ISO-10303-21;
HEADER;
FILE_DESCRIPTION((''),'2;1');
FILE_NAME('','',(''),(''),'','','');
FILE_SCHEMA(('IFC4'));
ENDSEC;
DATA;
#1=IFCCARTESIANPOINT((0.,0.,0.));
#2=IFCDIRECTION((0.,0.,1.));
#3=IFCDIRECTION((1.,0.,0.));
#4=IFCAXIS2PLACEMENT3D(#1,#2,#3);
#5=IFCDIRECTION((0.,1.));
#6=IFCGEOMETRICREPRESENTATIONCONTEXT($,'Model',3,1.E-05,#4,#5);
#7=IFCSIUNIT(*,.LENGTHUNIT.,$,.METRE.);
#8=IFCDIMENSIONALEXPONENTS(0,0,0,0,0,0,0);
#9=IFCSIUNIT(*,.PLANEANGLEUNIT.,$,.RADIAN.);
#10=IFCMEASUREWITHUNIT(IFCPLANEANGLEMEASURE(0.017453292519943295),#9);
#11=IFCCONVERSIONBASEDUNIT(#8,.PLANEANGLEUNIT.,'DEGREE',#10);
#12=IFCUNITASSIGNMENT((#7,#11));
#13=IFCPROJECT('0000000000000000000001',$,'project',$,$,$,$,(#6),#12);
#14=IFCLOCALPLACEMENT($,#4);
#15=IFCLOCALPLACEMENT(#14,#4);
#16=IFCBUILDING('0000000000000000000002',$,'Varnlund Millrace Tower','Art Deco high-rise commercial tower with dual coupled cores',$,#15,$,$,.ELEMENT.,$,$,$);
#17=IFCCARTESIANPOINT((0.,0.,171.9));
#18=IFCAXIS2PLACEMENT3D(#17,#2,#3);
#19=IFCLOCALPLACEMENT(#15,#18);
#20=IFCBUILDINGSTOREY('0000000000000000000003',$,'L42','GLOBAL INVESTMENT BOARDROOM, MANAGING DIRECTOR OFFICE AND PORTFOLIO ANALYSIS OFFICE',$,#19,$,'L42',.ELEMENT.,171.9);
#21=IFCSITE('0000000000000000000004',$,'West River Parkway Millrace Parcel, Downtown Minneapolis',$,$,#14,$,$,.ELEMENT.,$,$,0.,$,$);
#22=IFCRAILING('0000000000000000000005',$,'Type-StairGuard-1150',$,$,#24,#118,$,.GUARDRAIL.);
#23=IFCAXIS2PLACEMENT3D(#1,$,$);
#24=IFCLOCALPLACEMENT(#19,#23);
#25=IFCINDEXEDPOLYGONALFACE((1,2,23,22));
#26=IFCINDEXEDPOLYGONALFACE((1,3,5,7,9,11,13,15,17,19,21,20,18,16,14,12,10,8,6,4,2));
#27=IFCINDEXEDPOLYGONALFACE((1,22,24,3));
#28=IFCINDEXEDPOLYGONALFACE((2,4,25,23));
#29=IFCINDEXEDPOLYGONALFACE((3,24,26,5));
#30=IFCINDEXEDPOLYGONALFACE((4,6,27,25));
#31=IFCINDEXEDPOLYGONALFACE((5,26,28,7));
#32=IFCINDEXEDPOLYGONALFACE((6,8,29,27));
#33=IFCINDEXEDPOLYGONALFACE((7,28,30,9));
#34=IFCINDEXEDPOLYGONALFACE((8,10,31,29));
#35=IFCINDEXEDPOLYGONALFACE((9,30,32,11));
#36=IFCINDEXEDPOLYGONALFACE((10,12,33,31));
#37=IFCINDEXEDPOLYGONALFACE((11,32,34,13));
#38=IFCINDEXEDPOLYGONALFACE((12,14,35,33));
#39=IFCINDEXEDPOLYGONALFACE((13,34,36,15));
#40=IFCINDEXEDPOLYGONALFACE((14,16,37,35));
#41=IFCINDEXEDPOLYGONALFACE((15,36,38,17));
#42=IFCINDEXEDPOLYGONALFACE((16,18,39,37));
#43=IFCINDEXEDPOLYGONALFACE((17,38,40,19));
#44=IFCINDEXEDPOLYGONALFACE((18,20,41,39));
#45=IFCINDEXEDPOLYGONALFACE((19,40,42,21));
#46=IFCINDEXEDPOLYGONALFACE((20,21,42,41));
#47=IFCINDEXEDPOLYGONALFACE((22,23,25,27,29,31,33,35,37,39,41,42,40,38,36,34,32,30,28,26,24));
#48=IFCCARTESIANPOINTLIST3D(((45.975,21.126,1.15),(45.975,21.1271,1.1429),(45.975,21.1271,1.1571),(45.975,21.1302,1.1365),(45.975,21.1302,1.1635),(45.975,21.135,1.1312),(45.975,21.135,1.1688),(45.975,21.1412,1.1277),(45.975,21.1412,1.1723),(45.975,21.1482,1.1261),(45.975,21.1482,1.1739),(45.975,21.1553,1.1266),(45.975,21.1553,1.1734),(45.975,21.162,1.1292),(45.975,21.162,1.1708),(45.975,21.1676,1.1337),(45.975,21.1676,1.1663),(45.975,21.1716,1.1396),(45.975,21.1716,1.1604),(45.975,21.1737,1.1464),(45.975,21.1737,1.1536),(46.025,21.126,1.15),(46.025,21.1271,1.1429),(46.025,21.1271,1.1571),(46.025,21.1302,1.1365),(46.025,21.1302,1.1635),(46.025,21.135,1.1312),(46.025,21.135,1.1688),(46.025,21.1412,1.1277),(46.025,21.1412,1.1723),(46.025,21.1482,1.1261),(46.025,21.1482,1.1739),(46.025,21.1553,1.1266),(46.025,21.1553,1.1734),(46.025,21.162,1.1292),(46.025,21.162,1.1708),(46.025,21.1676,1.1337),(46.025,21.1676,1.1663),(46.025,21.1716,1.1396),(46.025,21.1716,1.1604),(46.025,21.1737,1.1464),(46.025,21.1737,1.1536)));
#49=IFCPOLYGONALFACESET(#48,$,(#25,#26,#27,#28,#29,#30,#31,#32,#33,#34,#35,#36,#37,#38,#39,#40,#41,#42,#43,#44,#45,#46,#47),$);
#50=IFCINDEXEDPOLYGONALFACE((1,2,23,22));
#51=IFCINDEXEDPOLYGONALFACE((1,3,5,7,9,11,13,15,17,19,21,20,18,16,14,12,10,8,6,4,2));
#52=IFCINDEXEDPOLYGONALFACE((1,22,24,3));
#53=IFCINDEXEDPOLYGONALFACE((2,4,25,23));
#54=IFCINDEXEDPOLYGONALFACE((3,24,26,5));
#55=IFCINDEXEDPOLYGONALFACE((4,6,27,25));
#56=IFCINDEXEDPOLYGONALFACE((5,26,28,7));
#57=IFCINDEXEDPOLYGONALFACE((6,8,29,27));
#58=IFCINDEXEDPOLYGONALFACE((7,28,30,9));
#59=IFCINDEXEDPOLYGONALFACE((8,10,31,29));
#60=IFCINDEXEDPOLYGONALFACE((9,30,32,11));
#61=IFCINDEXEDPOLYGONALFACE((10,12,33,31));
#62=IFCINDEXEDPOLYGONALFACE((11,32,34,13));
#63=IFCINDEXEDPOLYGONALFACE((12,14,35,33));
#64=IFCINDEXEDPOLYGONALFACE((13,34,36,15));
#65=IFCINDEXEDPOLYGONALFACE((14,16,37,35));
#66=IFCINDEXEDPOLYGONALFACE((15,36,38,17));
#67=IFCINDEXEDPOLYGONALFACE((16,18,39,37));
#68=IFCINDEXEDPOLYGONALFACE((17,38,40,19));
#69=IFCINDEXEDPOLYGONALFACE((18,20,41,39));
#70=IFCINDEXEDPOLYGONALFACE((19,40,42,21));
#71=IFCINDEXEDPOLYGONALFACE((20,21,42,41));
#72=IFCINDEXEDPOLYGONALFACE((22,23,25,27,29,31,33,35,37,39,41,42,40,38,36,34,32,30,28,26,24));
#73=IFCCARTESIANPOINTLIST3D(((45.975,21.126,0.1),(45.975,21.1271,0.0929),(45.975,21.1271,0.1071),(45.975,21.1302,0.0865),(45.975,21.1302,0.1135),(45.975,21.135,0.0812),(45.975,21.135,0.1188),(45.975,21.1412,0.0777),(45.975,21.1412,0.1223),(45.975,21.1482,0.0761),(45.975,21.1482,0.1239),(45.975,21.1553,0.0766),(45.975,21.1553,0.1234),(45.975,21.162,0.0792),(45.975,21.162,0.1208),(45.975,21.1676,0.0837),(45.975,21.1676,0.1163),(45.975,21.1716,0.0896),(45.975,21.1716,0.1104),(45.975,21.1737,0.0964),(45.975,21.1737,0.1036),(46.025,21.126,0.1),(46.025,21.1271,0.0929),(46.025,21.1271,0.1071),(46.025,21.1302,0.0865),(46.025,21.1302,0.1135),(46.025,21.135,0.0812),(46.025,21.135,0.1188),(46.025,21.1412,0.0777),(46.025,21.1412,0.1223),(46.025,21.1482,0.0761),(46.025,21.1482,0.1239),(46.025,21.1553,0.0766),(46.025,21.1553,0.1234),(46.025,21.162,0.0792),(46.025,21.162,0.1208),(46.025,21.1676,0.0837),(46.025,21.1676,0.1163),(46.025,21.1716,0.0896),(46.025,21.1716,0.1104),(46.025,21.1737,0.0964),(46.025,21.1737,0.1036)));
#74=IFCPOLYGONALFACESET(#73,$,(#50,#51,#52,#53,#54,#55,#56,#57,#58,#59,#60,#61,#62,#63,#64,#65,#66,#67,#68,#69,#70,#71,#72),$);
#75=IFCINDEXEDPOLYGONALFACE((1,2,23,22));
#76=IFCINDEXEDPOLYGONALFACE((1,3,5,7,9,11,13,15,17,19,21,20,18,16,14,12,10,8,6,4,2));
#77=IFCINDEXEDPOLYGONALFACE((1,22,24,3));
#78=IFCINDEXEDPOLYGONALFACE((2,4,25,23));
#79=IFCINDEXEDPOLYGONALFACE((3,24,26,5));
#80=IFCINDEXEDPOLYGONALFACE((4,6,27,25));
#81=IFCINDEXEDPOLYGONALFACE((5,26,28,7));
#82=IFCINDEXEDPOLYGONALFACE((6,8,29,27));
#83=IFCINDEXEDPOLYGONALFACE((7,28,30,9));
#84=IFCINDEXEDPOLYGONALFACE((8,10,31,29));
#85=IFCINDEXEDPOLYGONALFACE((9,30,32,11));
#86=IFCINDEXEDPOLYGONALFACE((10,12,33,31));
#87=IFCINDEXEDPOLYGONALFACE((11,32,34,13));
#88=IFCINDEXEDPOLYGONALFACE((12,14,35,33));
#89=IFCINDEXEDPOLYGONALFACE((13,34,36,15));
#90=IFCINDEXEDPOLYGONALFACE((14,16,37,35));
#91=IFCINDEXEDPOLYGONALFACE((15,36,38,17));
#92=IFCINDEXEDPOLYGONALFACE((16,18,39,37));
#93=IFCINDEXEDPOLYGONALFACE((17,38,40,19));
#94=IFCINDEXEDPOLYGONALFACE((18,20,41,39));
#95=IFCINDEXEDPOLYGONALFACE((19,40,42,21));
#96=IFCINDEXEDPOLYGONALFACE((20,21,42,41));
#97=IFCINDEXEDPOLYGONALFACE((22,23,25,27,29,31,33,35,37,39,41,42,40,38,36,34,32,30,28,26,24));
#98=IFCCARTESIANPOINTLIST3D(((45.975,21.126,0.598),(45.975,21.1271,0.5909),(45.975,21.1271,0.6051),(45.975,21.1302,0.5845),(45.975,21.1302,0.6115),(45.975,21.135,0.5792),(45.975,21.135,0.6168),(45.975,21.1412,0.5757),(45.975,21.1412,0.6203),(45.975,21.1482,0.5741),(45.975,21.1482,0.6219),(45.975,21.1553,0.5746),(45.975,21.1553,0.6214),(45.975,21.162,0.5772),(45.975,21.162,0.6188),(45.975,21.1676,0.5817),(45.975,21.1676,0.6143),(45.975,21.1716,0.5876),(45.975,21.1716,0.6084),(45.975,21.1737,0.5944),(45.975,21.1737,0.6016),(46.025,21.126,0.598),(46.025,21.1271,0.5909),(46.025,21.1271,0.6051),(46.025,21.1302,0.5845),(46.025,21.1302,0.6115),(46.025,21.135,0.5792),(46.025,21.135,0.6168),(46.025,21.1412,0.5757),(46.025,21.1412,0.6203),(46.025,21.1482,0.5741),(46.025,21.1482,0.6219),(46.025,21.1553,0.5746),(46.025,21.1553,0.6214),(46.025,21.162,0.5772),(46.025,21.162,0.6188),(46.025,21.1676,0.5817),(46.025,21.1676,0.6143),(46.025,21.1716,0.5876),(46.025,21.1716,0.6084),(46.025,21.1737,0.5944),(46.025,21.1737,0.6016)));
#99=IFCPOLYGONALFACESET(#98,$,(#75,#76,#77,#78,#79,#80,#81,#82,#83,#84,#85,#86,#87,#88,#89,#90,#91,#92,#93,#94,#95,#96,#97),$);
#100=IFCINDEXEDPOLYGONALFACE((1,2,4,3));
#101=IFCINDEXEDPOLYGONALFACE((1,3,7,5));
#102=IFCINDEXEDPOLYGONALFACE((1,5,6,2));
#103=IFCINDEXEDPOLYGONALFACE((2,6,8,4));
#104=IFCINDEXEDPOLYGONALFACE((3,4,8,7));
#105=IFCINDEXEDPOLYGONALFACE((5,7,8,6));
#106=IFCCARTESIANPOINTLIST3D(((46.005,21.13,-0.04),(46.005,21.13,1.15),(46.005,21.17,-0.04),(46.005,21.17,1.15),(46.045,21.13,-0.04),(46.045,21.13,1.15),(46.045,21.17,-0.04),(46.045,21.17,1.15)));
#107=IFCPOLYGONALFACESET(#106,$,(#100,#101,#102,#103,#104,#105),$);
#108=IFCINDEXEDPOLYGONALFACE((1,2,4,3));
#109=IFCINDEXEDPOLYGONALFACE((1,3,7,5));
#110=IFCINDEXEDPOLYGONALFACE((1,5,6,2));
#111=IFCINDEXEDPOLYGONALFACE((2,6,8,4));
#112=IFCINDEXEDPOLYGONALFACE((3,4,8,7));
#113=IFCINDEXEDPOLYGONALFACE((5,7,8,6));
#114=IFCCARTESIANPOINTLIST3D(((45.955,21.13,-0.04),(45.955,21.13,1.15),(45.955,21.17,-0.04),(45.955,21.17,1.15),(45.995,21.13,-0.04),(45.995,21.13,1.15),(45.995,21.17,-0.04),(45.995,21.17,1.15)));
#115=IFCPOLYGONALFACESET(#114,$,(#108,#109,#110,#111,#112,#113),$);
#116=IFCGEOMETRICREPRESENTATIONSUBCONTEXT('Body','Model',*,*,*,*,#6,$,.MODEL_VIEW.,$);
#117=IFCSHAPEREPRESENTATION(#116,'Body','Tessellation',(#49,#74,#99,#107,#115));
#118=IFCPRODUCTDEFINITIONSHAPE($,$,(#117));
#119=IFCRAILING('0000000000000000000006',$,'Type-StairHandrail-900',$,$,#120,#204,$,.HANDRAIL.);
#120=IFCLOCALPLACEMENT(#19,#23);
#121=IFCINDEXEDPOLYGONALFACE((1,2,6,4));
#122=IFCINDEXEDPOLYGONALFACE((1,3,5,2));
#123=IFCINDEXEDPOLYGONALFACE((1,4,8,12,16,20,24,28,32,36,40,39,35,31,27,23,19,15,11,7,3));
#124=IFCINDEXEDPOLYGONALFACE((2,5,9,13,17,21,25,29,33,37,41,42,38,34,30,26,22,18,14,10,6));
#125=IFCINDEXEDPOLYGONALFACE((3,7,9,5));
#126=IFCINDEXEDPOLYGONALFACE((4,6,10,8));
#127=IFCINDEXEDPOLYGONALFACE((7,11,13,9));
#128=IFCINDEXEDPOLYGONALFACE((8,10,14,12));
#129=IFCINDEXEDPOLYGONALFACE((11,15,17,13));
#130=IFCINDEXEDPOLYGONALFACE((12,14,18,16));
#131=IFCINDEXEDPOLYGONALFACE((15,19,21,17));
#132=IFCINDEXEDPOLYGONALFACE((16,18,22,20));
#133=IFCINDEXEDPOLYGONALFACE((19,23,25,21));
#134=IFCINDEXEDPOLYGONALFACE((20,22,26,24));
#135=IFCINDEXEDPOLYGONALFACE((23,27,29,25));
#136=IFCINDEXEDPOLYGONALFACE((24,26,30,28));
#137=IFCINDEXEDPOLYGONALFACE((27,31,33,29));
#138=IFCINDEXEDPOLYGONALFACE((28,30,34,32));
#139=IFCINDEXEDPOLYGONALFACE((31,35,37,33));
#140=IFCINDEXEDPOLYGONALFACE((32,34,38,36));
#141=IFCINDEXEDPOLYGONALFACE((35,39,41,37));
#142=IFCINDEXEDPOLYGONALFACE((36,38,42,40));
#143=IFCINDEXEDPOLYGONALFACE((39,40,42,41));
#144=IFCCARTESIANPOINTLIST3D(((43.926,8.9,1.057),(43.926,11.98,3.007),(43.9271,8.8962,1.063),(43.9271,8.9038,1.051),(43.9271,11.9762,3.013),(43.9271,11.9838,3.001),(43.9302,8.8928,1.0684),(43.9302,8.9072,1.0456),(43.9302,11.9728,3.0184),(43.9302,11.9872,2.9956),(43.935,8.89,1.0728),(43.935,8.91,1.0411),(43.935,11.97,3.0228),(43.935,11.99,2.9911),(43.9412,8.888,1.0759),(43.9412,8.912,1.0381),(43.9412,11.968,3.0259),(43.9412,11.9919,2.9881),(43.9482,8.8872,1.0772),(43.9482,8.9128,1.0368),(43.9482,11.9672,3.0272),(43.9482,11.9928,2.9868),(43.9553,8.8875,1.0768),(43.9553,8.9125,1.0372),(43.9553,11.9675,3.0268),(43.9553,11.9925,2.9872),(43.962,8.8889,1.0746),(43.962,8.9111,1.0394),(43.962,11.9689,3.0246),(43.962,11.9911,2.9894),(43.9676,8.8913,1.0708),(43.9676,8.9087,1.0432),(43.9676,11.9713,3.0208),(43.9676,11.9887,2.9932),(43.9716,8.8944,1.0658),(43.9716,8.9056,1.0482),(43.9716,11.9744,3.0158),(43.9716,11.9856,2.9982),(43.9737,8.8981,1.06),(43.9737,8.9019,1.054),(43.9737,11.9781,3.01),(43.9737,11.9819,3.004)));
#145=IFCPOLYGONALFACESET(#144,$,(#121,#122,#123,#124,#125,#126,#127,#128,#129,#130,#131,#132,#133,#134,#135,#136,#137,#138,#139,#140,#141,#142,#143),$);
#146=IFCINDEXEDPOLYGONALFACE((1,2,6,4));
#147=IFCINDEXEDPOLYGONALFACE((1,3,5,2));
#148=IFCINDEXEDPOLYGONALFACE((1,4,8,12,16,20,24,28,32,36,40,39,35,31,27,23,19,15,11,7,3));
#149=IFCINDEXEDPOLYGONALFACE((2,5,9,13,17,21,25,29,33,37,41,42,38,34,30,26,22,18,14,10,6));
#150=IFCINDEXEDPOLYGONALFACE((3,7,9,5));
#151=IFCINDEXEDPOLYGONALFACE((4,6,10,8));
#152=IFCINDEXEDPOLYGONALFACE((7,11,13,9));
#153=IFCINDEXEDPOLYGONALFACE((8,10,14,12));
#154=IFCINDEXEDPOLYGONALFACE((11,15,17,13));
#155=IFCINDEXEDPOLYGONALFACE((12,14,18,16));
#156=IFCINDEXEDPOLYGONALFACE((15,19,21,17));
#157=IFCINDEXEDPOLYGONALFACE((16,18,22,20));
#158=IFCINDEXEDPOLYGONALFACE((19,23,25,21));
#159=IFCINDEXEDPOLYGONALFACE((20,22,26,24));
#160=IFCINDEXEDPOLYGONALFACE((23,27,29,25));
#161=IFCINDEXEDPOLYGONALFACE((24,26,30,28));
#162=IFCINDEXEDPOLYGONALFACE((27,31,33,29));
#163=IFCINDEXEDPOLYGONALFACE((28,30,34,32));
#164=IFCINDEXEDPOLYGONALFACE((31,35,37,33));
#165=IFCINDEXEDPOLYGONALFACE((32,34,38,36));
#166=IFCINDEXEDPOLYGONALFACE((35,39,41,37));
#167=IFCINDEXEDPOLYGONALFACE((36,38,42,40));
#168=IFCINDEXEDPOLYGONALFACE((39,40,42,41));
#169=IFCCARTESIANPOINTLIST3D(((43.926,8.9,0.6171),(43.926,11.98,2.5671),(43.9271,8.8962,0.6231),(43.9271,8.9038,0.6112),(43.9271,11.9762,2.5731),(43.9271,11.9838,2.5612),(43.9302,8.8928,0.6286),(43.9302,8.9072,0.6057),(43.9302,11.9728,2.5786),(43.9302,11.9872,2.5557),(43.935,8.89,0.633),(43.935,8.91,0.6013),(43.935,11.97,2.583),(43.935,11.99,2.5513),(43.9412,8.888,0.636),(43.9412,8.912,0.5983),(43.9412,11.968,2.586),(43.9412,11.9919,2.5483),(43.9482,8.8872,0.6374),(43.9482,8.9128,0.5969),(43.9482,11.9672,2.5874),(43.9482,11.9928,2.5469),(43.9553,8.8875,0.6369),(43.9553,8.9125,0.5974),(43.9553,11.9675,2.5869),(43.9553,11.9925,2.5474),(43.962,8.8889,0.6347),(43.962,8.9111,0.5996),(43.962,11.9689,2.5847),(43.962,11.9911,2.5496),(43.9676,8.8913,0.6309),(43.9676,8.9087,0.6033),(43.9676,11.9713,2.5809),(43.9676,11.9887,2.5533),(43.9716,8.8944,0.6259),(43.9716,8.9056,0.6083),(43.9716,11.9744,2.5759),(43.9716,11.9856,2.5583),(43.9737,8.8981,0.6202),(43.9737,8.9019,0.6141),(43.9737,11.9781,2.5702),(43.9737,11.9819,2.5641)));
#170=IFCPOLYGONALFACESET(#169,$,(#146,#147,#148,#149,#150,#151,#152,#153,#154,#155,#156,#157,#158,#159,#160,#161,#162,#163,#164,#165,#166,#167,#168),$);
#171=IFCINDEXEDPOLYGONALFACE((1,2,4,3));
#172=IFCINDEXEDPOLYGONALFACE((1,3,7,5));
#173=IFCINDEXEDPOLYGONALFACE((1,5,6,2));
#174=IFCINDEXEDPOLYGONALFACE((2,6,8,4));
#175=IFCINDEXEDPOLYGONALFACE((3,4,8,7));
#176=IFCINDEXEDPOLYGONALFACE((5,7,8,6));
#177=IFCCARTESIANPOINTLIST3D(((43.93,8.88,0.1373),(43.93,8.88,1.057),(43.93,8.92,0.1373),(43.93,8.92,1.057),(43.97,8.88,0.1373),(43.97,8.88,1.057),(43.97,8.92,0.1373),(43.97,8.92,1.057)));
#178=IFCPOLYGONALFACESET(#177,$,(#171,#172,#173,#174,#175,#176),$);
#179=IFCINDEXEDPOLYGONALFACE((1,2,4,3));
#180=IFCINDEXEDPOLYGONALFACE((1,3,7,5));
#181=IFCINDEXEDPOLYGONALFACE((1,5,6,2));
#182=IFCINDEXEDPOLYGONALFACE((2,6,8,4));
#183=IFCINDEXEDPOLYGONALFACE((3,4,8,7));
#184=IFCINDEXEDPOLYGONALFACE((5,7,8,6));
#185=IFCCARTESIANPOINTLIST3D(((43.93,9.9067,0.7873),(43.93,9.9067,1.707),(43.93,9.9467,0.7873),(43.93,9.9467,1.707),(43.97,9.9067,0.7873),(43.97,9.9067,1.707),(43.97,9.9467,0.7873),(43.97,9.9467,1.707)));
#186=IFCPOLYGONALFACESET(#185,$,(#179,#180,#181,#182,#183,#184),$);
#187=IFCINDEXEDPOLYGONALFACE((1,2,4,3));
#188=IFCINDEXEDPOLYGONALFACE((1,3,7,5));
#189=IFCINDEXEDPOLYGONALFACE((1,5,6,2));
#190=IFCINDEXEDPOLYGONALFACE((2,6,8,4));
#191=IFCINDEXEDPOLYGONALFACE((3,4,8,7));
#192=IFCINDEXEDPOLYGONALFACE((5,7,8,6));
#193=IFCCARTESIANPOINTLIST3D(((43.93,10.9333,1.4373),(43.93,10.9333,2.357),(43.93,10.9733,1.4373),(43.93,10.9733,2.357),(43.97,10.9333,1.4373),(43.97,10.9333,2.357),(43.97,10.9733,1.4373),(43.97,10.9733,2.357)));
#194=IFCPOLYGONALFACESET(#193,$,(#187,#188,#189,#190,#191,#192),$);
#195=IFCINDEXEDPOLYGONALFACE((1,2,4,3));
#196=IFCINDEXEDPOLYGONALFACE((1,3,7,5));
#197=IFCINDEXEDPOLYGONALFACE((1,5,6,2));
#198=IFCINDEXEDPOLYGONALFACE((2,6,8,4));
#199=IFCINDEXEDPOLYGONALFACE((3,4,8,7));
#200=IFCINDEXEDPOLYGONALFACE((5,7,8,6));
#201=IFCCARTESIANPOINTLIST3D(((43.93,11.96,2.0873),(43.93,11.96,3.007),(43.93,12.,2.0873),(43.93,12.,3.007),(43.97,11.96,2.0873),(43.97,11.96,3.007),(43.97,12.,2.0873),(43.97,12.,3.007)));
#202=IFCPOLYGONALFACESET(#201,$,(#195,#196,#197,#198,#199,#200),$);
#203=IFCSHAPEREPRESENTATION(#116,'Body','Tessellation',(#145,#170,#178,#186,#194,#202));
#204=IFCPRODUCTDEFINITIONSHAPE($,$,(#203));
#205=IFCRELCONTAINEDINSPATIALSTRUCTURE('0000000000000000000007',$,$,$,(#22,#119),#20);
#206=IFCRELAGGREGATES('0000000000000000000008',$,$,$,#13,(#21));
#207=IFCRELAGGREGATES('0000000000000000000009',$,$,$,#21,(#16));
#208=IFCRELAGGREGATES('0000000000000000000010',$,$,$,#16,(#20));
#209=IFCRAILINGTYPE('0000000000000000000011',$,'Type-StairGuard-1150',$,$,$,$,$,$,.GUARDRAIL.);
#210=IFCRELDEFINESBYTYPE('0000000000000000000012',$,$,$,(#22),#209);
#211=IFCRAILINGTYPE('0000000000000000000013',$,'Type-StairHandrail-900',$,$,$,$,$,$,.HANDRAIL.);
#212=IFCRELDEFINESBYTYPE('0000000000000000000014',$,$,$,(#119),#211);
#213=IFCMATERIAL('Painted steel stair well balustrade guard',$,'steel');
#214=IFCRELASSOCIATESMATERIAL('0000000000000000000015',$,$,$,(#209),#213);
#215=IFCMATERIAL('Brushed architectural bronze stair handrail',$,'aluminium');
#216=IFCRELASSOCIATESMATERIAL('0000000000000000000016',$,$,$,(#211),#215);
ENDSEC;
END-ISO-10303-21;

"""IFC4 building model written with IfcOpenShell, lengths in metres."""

from ifc_helpers import new_model, entity, si_unit, converted_unit, direction, frame, origin_with_axes, origin_2d_with_axis, place, context, subcontext, project, spatial, rectangle, circle, extrude, material, type_object, element, save


model = new_model("IFC4")

# Units and contexts
model_context = context("Model", 3, precision=1e-05, world=origin_with_axes(), true_north=direction((0.0, 1.0)))
body_context = subcontext(model_context, "Body", "Model", "MODEL_VIEW")
ifc_project = project(units=[si_unit("LENGTHUNIT", "METRE"), converted_unit("PLANEANGLEUNIT", "DEGREE", entity("IfcPlaneAngleMeasure", 0.017453292519943295), si_unit("PLANEANGLEUNIT", "RADIAN"), dimensions=[0, 0, 0, 0, 0, 0, 0])], contexts=[model_context])

# Site, building, storey
site_placement = place(None, origin_with_axes())
site = spatial("IfcSite", under=ifc_project, at=site_placement, Name="West River Parkway Millrace Parcel, Downtown Minneapolis", CompositionType="ELEMENT", RefElevation=0.0)
building_placement = place(site_placement, origin_with_axes())
building = spatial("IfcBuilding", under=site, at=building_placement, Name="Varnlund Millrace Tower", Description="Art Deco high-rise commercial tower with dual coupled cores", CompositionType="ELEMENT")
storey_placement = place(building_placement, frame((0.0, 0.0, 171.9), z_axis=(0.0, 0.0, 1.0), x_axis=(1.0, 0.0, 0.0)))
storey = spatial("IfcBuildingStorey", under=building, at=storey_placement, Name="L42", Description="GLOBAL INVESTMENT BOARDROOM, MANAGING DIRECTOR OFFICE AND PORTFOLIO ANALYSIS OFFICE", LongName="L42", CompositionType="ELEMENT", Elevation=171.9)

# Railings
ifc_material_1 = material(Name="Painted steel stair well balustrade guard", Category="steel")
railing_type_1 = type_object("IfcRailingType", Name="Type-StairGuard-1150", PredefinedType="GUARDRAIL", material=ifc_material_1)
railing_1_placement = place(storey_placement, frame((0.0, 0.0, -171.9), z_axis=(0.0, 0.0, 1.0), x_axis=(1.0, 0.0, 0.0)))
element("IfcRailing", 1, at=railing_1_placement, inside=storey, type_object=railing_type_1, Name="Type-StairGuard-1150", PredefinedType="GUARDRAIL", context=body_context, shape_type="SweptSolid", body=[
    extrude(circle(Radius=0.024, at=origin_2d_with_axis()), frame((46.025, 21.15, 173.05), z_axis=(-1.0, 0.0, 0.0), x_axis=(0.0, -1.0, 0.0)), (0.0, 0.0, 1.0), 0.05),
    extrude(circle(Radius=0.024, at=origin_2d_with_axis()), frame((46.025, 21.15, 172.0), z_axis=(-1.0, 0.0, 0.0), x_axis=(0.0, -1.0, 0.0)), (0.0, 0.0, 1.0), 0.05),
    extrude(circle(Radius=0.024, at=origin_2d_with_axis()), frame((46.025, 21.15, 172.498), z_axis=(-1.0, 0.0, 0.0), x_axis=(0.0, -1.0, 0.0)), (0.0, 0.0, 1.0), 0.05),
    extrude(rectangle(XDim=0.04, YDim=0.04, at=origin_2d_with_axis()), frame((46.025, 21.15, 171.86), z_axis=(0.0, 0.0, 1.0), x_axis=(1.0, 0.0, 0.0)), (0.0, 0.0, 1.0), 1.19),
    extrude(rectangle(XDim=0.04, YDim=0.04, at=origin_2d_with_axis()), frame((45.975, 21.15, 171.86), z_axis=(0.0, 0.0, 1.0), x_axis=(1.0, 0.0, 0.0)), (0.0, 0.0, 1.0), 1.19),
])
ifc_material_2 = material(Name="Brushed architectural bronze stair handrail", Category="aluminium")
railing_type_2 = type_object("IfcRailingType", Name="Type-StairHandrail-900", PredefinedType="HANDRAIL", material=ifc_material_2)
railing_2_placement = place(storey_placement, frame((0.0, 0.0, -171.9), z_axis=(0.0, 0.0, 1.0), x_axis=(1.0, 0.0, 0.0)))
element("IfcRailing", 2, at=railing_2_placement, inside=storey, type_object=railing_type_2, Name="Type-StairHandrail-900", PredefinedType="HANDRAIL", context=body_context, shape_type="SweptSolid", body=[
    extrude(circle(Radius=0.024, at=origin_2d_with_axis()), frame((43.95, 8.9, 172.957), z_axis=(0.0, 0.844902, 0.534922), x_axis=(-1.0, 0.0, 0.0)), (0.0, 0.0, 1.0), 3.6454),
    extrude(circle(Radius=0.024, at=origin_2d_with_axis()), frame((43.95, 8.9, 172.5171), z_axis=(0.0, 0.844902, 0.534922), x_axis=(-1.0, 0.0, 0.0)), (0.0, 0.0, 1.0), 3.6454),
    extrude(rectangle(XDim=0.04, YDim=0.04, at=origin_2d_with_axis()), frame((43.95, 8.9, 172.0373), z_axis=(0.0, 0.0, 1.0), x_axis=(1.0, 0.0, 0.0)), (0.0, 0.0, 1.0), 0.9197),
    extrude(rectangle(XDim=0.04, YDim=0.04, at=origin_2d_with_axis()), frame((43.95, 9.9267, 172.6873), z_axis=(0.0, 0.0, 1.0), x_axis=(1.0, 0.0, 0.0)), (0.0, 0.0, 1.0), 0.9197),
    extrude(rectangle(XDim=0.04, YDim=0.04, at=origin_2d_with_axis()), frame((43.95, 10.9533, 173.3373), z_axis=(0.0, 0.0, 1.0), x_axis=(1.0, 0.0, 0.0)), (0.0, 0.0, 1.0), 0.9197),
    extrude(rectangle(XDim=0.04, YDim=0.04, at=origin_2d_with_axis()), frame((43.95, 11.98, 173.9873), z_axis=(0.0, 0.0, 1.0), x_axis=(1.0, 0.0, 0.0)), (0.0, 0.0, 1.0), 0.9197),
])

save(model, "model.ifc")
